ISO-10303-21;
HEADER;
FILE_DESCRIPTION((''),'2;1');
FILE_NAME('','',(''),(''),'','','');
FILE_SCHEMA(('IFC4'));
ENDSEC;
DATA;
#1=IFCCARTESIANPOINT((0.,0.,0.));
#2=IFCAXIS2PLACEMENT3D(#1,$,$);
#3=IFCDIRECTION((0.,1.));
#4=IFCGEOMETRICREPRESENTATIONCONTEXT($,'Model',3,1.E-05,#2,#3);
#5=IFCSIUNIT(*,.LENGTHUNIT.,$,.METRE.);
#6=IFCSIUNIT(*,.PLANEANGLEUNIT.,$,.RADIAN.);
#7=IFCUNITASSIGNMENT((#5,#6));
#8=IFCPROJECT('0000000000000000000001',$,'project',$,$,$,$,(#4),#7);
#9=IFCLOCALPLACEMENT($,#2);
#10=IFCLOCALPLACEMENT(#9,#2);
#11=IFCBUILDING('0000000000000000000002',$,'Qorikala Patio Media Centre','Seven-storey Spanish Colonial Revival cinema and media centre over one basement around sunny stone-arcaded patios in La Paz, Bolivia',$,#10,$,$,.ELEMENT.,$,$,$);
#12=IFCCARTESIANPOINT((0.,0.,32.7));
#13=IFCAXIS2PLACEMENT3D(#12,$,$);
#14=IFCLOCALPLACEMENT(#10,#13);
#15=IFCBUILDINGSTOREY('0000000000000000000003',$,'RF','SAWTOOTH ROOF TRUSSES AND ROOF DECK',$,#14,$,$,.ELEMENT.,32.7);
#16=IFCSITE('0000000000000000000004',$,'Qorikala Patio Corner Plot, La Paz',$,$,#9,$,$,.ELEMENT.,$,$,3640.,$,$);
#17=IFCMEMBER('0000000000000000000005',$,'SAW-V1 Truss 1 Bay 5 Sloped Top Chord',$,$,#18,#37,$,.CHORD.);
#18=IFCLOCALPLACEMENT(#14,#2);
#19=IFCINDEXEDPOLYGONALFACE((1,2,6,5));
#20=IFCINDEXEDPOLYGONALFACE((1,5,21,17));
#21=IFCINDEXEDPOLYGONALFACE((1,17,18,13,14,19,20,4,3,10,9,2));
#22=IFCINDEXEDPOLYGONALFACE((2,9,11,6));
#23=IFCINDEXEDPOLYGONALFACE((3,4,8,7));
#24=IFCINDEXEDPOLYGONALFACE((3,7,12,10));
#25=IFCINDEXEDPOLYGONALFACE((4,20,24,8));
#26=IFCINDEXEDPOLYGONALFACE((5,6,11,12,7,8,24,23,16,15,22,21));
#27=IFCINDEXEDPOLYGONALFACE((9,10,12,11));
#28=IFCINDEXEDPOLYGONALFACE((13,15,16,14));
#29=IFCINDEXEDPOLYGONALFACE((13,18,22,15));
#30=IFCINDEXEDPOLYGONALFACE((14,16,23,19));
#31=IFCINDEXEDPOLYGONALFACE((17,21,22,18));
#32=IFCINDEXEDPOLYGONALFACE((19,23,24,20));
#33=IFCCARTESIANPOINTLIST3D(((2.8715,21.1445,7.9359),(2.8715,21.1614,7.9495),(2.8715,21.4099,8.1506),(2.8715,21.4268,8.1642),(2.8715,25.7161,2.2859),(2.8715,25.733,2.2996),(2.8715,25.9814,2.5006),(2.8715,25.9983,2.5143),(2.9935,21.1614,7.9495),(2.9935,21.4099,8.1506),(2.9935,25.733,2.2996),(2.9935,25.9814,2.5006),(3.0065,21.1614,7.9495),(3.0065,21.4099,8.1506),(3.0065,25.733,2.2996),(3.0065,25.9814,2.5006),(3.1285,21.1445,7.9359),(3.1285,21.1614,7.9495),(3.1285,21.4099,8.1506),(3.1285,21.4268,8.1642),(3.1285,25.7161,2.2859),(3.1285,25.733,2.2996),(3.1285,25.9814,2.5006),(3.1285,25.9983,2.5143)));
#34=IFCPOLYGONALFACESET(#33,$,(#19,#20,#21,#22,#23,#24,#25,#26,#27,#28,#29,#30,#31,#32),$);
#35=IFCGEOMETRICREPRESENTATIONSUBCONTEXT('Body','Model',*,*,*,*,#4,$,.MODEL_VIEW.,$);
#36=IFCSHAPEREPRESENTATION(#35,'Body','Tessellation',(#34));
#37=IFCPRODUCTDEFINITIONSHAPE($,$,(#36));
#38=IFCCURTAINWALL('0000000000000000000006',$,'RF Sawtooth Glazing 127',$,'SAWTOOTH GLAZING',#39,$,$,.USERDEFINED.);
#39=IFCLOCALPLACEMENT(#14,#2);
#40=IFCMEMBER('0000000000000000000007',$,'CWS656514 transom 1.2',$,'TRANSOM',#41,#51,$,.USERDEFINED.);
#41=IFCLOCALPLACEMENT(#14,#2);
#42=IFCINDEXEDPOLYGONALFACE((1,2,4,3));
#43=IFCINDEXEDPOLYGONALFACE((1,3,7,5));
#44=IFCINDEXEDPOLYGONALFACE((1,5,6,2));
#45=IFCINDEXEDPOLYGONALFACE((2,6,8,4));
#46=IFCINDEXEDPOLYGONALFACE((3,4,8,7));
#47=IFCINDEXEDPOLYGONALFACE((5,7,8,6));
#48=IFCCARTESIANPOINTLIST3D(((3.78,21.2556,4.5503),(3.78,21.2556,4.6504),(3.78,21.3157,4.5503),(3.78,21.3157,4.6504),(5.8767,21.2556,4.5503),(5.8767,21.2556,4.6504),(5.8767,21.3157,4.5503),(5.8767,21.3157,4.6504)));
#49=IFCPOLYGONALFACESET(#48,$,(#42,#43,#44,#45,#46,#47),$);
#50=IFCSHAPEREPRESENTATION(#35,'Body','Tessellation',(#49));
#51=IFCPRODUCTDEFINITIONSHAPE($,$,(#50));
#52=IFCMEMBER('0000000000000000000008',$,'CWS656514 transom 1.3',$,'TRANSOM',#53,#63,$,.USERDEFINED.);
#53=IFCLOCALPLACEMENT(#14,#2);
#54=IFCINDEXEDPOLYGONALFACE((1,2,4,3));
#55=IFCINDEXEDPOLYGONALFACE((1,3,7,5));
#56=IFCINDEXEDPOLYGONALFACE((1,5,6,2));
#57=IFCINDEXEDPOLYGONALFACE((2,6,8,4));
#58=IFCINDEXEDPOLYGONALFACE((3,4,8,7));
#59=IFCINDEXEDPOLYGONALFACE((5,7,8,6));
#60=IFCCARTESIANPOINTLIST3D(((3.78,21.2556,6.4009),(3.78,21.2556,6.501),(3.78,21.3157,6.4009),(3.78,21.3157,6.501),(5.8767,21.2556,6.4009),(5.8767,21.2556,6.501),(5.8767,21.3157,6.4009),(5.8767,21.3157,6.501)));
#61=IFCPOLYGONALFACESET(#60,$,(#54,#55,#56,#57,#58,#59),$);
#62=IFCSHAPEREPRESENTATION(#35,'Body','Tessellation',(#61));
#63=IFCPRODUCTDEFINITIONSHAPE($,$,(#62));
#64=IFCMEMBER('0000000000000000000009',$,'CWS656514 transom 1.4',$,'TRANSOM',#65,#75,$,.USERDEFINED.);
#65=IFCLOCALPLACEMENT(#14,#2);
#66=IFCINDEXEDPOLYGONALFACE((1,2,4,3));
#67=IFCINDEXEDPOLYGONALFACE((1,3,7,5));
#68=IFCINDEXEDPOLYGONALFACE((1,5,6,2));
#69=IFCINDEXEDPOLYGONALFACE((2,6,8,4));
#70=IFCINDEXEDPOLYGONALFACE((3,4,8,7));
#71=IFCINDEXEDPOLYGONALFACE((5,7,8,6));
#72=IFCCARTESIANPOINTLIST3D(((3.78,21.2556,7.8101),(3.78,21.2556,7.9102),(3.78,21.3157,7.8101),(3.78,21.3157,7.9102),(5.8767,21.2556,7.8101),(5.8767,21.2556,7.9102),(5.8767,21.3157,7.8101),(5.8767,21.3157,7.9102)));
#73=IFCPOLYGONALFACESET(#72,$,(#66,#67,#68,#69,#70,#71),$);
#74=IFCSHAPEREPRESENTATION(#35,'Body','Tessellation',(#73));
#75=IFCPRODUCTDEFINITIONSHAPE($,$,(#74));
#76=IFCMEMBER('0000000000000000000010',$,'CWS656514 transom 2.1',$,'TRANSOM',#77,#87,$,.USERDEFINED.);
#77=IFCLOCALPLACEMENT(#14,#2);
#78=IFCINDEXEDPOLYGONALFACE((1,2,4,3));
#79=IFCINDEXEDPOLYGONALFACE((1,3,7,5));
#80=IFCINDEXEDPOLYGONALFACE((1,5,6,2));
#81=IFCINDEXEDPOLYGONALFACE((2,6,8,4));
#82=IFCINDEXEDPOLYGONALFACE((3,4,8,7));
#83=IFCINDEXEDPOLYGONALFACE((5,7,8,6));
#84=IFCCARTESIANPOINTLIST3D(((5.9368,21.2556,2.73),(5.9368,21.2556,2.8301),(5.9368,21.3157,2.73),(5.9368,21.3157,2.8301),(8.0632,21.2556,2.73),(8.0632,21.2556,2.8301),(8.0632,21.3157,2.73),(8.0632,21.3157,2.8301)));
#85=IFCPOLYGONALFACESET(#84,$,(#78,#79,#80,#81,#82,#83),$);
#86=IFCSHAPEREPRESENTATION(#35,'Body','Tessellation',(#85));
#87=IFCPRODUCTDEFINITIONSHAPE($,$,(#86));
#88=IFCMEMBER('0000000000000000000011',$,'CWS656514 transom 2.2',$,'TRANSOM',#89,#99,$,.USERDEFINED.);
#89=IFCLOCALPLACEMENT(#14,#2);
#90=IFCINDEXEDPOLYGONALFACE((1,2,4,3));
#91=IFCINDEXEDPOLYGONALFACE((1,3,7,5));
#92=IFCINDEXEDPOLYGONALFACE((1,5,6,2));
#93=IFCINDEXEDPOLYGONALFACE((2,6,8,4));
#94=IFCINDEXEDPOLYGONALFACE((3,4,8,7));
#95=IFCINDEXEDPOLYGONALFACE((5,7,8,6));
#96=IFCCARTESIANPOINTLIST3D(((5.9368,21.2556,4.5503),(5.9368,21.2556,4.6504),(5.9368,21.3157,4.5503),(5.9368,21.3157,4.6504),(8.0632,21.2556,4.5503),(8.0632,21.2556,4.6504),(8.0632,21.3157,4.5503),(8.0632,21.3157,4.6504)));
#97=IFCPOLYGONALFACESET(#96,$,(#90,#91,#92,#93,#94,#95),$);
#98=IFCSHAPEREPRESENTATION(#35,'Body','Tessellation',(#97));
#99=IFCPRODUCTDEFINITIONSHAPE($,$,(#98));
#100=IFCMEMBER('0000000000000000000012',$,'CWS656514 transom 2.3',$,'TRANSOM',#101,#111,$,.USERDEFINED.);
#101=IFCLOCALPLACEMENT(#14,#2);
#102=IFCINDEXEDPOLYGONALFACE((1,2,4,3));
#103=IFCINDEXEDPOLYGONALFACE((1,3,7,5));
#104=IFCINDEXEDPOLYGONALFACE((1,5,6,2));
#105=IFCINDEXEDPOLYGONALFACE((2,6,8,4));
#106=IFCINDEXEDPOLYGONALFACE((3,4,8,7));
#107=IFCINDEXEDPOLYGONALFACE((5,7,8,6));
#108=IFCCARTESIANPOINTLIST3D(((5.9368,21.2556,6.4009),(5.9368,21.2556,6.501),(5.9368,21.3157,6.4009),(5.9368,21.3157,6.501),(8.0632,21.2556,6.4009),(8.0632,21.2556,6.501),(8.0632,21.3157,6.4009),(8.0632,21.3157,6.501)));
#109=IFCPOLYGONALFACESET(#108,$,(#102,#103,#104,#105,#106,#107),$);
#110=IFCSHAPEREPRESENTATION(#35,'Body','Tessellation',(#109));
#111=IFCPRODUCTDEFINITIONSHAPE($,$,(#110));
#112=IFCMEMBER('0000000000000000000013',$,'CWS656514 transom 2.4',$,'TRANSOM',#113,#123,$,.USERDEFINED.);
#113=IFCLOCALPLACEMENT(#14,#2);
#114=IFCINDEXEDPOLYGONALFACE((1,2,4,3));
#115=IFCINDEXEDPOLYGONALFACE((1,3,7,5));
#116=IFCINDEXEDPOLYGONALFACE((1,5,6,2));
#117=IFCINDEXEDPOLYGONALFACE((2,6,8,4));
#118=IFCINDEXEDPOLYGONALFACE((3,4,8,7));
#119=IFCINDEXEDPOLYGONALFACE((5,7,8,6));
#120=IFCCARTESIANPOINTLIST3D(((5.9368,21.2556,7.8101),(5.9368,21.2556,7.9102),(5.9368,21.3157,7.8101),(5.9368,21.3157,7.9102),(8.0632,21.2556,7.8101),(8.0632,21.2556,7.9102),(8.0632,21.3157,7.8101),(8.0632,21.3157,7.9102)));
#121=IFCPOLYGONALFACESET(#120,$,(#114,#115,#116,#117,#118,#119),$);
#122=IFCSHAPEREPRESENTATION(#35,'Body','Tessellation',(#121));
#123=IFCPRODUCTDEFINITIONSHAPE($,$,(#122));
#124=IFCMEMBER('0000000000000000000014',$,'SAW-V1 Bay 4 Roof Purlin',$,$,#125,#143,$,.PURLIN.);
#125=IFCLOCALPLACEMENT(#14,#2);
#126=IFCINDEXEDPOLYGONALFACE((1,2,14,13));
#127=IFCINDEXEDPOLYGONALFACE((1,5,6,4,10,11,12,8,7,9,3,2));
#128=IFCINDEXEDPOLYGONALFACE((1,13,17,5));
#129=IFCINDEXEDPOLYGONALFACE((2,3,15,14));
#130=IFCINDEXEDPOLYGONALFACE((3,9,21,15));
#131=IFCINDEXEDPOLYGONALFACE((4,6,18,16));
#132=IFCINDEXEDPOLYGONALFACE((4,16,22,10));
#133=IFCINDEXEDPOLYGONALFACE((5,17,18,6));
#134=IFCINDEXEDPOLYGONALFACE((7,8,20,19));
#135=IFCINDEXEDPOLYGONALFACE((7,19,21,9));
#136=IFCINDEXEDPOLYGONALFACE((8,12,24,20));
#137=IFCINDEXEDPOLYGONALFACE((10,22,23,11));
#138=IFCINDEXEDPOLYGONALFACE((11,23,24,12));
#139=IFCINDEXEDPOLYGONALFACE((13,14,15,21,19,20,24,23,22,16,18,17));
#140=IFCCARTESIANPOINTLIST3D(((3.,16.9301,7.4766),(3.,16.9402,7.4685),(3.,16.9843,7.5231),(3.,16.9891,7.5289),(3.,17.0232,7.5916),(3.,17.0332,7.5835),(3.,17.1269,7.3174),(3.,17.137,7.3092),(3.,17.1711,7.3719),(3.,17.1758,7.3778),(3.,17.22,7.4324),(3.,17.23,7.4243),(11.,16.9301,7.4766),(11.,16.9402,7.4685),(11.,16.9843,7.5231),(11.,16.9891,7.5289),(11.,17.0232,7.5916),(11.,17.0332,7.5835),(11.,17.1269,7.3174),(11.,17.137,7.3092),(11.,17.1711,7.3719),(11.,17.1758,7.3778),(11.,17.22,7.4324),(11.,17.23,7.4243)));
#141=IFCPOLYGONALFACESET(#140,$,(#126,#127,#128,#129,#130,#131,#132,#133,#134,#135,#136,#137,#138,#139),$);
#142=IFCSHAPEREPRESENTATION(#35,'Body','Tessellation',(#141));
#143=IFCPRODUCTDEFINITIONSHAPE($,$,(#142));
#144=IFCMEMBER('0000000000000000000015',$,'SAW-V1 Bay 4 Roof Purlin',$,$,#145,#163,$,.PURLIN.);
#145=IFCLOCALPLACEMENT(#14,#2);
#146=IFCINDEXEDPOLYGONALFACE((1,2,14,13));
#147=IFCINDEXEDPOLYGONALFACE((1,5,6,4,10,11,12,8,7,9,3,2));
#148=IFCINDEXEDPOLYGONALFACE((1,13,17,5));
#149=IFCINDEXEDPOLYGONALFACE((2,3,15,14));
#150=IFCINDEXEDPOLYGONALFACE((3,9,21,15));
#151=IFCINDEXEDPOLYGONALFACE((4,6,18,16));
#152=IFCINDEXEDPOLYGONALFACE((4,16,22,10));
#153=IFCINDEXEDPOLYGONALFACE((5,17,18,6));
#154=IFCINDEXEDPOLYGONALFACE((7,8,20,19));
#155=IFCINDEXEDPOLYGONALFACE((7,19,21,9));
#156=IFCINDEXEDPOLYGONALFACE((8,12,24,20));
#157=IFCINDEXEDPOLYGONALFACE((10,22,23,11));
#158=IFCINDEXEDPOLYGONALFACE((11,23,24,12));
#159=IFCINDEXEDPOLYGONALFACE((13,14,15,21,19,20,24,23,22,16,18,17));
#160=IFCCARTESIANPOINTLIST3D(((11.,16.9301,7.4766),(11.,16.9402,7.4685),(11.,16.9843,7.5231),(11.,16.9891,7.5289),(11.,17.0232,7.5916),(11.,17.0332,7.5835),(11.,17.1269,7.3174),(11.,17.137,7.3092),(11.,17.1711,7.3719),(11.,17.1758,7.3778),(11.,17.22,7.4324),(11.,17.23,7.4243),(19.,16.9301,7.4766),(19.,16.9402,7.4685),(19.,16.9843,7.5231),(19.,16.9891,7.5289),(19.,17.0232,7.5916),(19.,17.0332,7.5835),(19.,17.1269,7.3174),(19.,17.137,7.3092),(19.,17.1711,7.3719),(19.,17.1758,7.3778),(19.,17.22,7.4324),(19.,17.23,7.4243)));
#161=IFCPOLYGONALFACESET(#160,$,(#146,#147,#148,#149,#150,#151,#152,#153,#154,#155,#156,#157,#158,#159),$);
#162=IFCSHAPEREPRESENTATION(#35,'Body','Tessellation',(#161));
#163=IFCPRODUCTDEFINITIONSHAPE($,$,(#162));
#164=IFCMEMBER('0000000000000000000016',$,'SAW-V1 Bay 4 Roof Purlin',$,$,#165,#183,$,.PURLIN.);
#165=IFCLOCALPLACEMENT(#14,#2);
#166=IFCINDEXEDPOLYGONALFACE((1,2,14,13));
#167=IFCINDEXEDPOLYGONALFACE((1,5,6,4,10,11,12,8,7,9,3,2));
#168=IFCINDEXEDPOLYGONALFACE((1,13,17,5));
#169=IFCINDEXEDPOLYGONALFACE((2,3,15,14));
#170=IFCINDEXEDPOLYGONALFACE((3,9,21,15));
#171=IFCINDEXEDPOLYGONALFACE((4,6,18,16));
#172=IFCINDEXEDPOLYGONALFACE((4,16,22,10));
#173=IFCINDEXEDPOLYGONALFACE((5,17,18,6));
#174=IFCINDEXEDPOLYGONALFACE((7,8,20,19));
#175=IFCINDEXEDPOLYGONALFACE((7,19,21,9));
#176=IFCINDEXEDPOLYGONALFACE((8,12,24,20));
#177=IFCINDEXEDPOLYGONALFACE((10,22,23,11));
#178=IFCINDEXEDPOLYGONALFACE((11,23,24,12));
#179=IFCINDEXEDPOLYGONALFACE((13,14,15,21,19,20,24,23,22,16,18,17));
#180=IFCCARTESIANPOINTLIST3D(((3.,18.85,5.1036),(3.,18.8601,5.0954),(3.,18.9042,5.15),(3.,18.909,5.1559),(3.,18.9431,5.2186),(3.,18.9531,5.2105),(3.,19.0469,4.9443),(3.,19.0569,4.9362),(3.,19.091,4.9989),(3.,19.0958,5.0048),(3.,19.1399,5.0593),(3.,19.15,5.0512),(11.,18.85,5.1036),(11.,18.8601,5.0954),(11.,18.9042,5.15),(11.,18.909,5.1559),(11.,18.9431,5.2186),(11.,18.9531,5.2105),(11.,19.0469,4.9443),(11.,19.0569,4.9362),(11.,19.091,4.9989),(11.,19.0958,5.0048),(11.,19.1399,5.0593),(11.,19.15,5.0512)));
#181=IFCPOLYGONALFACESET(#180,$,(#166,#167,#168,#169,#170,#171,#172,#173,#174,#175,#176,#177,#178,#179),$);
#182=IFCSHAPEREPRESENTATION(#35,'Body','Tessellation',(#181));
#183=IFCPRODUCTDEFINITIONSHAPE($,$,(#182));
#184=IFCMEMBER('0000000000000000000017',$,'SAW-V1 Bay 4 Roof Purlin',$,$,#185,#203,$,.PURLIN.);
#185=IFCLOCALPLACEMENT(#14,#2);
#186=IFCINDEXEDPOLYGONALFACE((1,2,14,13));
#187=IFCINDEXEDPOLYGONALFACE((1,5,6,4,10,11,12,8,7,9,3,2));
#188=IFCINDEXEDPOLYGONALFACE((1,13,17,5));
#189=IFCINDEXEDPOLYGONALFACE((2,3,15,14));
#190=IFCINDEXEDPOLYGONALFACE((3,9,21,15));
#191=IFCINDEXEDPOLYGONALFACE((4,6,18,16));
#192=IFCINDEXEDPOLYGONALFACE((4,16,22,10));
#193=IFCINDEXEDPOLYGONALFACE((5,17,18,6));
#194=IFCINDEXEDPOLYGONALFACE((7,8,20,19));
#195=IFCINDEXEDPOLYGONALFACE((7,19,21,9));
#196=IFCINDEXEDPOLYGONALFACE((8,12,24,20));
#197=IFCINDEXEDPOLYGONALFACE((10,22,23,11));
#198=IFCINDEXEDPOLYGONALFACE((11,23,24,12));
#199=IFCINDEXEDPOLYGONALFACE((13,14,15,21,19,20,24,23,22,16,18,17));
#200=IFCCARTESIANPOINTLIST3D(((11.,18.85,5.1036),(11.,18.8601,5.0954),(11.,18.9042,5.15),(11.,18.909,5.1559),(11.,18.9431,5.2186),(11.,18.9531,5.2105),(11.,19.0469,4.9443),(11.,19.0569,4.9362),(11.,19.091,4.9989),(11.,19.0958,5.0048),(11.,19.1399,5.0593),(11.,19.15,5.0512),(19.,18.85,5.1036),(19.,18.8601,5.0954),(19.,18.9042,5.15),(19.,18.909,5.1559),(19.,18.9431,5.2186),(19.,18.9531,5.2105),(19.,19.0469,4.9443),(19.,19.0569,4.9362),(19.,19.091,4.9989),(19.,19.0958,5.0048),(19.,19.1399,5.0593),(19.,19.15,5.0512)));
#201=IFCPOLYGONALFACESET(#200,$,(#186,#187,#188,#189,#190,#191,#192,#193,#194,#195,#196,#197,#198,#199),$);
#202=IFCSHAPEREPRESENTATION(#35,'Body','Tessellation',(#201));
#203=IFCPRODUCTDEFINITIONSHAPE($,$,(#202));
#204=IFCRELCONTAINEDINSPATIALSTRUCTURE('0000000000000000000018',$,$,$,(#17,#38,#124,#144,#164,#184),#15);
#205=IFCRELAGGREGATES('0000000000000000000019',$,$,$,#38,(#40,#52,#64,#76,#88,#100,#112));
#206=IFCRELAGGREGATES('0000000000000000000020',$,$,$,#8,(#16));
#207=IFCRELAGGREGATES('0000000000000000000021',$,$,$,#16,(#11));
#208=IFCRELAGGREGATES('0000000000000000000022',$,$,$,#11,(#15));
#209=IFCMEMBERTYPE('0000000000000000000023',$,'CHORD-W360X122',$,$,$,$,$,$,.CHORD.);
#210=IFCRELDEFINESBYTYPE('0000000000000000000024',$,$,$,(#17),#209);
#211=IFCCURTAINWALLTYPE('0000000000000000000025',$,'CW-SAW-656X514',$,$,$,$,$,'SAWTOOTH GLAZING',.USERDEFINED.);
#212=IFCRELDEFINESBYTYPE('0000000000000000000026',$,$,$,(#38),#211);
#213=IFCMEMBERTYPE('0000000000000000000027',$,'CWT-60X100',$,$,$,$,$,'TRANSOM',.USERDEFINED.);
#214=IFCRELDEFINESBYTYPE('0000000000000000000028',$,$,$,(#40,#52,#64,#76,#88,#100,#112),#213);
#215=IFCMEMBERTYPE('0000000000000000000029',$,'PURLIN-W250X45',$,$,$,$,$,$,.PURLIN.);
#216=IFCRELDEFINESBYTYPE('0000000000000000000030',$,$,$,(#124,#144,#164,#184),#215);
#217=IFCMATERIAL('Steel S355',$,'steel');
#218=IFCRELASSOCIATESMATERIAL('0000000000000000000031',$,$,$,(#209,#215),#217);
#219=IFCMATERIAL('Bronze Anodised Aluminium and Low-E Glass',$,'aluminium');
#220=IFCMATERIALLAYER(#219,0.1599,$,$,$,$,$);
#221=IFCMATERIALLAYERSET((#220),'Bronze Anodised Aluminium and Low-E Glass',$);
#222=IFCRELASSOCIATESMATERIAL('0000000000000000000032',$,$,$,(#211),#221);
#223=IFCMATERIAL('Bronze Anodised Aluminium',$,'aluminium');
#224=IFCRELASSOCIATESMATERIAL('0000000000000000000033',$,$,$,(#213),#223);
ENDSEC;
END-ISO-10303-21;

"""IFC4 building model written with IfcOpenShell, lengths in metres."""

from ifc_helpers import new_model, si_unit, direction, frame, origin, origin_2d, place, context, subcontext, project, spatial, rectangle, i_section, extrude, material, layer, layer_set, material_profile, profile_set, type_object, element, aggregate, save


model = new_model("IFC4")

# Units and contexts
model_context = context("Model", 3, precision=1e-05, world=origin(), true_north=direction((0.0, 1.0)))
body_context = subcontext(model_context, "Body", "Model", "MODEL_VIEW")
ifc_project = project(units=[si_unit("LENGTHUNIT", "METRE"), si_unit("PLANEANGLEUNIT", "RADIAN")], contexts=[model_context])

# Site, building, storey
site_placement = place(None, origin())
site = spatial("IfcSite", under=ifc_project, at=site_placement, Name="Qorikala Patio Corner Plot, La Paz", CompositionType="ELEMENT", RefElevation=3640.0)
building_placement = place(site_placement, origin())
building = spatial("IfcBuilding", under=site, at=building_placement, Name="Qorikala Patio Media Centre", Description="Seven-storey Spanish Colonial Revival cinema and media centre over one basement around sunny stone-arcaded patios in La Paz, Bolivia", CompositionType="ELEMENT")
storey_placement = place(building_placement, frame((0.0, 0.0, 32.7)))
storey = spatial("IfcBuildingStorey", under=building, at=storey_placement, Name="RF", Description="SAWTOOTH ROOF TRUSSES AND ROOF DECK", CompositionType="ELEMENT", Elevation=32.7)

# Member
ifc_material_1 = material(Name="Steel S355", Category="steel")
ifc_material_profile_1 = material_profile(ifc_material_1, i_section(OverallWidth=0.2571, OverallDepth=0.363, WebThickness=0.0129, FlangeThickness=0.0217, at=origin_2d()), Name="W360X122")
ifc_profile_set_1 = profile_set([ifc_material_profile_1], Name="Steel S355")
member_type_1 = type_object("IfcMemberType", Name="CHORD-W360X122", PredefinedType="CHORD", material=ifc_profile_set_1)
member_1_placement = place(storey_placement, frame((3.0, 21.2856, 8.05), z_axis=(0.0, 0.629016, -0.777393), x_axis=(-1.0, 0.0, 0.0)))
element("IfcMember", 1, at=member_1_placement, inside=storey, type_object=member_type_1, Name="SAW-V1 Truss 1 Bay 5 Sloped Top Chord", PredefinedType="CHORD", context=body_context, shape_type="SweptSolid", body=[
    extrude(i_section(OverallWidth=0.2571, OverallDepth=0.363, WebThickness=0.0129, FlangeThickness=0.0217, at=origin_2d()), origin(), (0.0, 0.0, 1.0), 7.2678),
])

# Curtain wall, members
ifc_material_2 = material(Name="Bronze Anodised Aluminium and Low-E Glass", Category="aluminium")
ifc_layer_1 = layer(ifc_material_2, 0.1599)
ifc_layer_set_1 = layer_set([ifc_layer_1], Name="Bronze Anodised Aluminium and Low-E Glass")
curtain_wall_type = type_object("IfcCurtainWallType", Name="CW-SAW-656X514", ElementType="SAWTOOTH GLAZING", PredefinedType="USERDEFINED", material=ifc_layer_set_1)
curtain_wall_placement = place(storey_placement, origin())
curtain_wall = element("IfcCurtainWall", 2, at=curtain_wall_placement, inside=storey, type_object=curtain_wall_type, Name="RF Sawtooth Glazing 127", ObjectType="SAWTOOTH GLAZING", PredefinedType="USERDEFINED")
ifc_material_3 = material(Name="Bronze Anodised Aluminium", Category="aluminium")
ifc_material_profile_2 = material_profile(ifc_material_3, rectangle(XDim=0.0601, YDim=0.1001, at=origin_2d()), Name="ALU TRANSOM 60x100")
ifc_profile_set_2 = profile_set([ifc_material_profile_2], Name="Bronze Anodised Aluminium")
member_type_2 = type_object("IfcMemberType", Name="CWT-60X100", ElementType="TRANSOM", PredefinedType="USERDEFINED", material=ifc_profile_set_2)
member_2_placement = place(storey_placement, frame((3.78, 21.2856, 4.6003), z_axis=(1.0, 0.0, 0.0), x_axis=(0.0, 1.0, 0.0)))
member_2 = element("IfcMember", 3, at=member_2_placement, type_object=member_type_2, Name="CWS656514 transom 1.2", ObjectType="TRANSOM", PredefinedType="USERDEFINED", context=body_context, shape_type="SweptSolid", body=[
    extrude(rectangle(XDim=0.0601, YDim=0.1001, at=origin_2d()), origin(), (0.0, 0.0, 1.0), 2.0967),
])
member_3_placement = place(storey_placement, frame((3.78, 21.2856, 6.4509), z_axis=(1.0, 0.0, 0.0), x_axis=(0.0, 1.0, 0.0)))
member_3 = element("IfcMember", 4, at=member_3_placement, type_object=member_type_2, Name="CWS656514 transom 1.3", ObjectType="TRANSOM", PredefinedType="USERDEFINED", context=body_context, shape_type="SweptSolid", body=[
    extrude(rectangle(XDim=0.0601, YDim=0.1001, at=origin_2d()), origin(), (0.0, 0.0, 1.0), 2.0967),
])
member_4_placement = place(storey_placement, frame((3.78, 21.2856, 7.8601), z_axis=(1.0, 0.0, 0.0), x_axis=(0.0, 1.0, 0.0)))
member_4 = element("IfcMember", 5, at=member_4_placement, type_object=member_type_2, Name="CWS656514 transom 1.4", ObjectType="TRANSOM", PredefinedType="USERDEFINED", context=body_context, shape_type="SweptSolid", body=[
    extrude(rectangle(XDim=0.0601, YDim=0.1001, at=origin_2d()), origin(), (0.0, 0.0, 1.0), 2.0967),
])
member_5_placement = place(storey_placement, frame((5.9368, 21.2856, 2.78), z_axis=(1.0, 0.0, 0.0), x_axis=(0.0, 1.0, 0.0)))
member_5 = element("IfcMember", 6, at=member_5_placement, type_object=member_type_2, Name="CWS656514 transom 2.1", ObjectType="TRANSOM", PredefinedType="USERDEFINED", context=body_context, shape_type="SweptSolid", body=[
    extrude(rectangle(XDim=0.0601, YDim=0.1001, at=origin_2d()), origin(), (0.0, 0.0, 1.0), 2.1265),
])
member_6_placement = place(storey_placement, frame((5.9368, 21.2856, 4.6003), z_axis=(1.0, 0.0, 0.0), x_axis=(0.0, 1.0, 0.0)))
member_6 = element("IfcMember", 7, at=member_6_placement, type_object=member_type_2, Name="CWS656514 transom 2.2", ObjectType="TRANSOM", PredefinedType="USERDEFINED", context=body_context, shape_type="SweptSolid", body=[
    extrude(rectangle(XDim=0.0601, YDim=0.1001, at=origin_2d()), origin(), (0.0, 0.0, 1.0), 2.1265),
])
member_7_placement = place(storey_placement, frame((5.9368, 21.2856, 6.4509), z_axis=(1.0, 0.0, 0.0), x_axis=(0.0, 1.0, 0.0)))
member_7 = element("IfcMember", 8, at=member_7_placement, type_object=member_type_2, Name="CWS656514 transom 2.3", ObjectType="TRANSOM", PredefinedType="USERDEFINED", context=body_context, shape_type="SweptSolid", body=[
    extrude(rectangle(XDim=0.0601, YDim=0.1001, at=origin_2d()), origin(), (0.0, 0.0, 1.0), 2.1265),
])
member_8_placement = place(storey_placement, frame((5.9368, 21.2856, 7.8601), z_axis=(1.0, 0.0, 0.0), x_axis=(0.0, 1.0, 0.0)))
member_8 = element("IfcMember", 9, at=member_8_placement, type_object=member_type_2, Name="CWS656514 transom 2.4", ObjectType="TRANSOM", PredefinedType="USERDEFINED", context=body_context, shape_type="SweptSolid", body=[
    extrude(rectangle(XDim=0.0601, YDim=0.1001, at=origin_2d()), origin(), (0.0, 0.0, 1.0), 2.1265),
])

# Members
ifc_material_profile_3 = material_profile(ifc_material_1, i_section(OverallWidth=0.1479, OverallDepth=0.2661, WebThickness=0.0076, FlangeThickness=0.0129, at=origin_2d()), Name="W250X45")
ifc_profile_set_3 = profile_set([ifc_material_profile_3], Name="Steel S355")
member_type_3 = type_object("IfcMemberType", Name="PURLIN-W250X45", PredefinedType="PURLIN", material=ifc_profile_set_3)
for number, where, z_axis, x_axis, name in (
    (10, (3.0, 17.0801, 7.4504), (1.0, 0.0, 0.0), (0.0, 0.628995, 0.77741), "SAW-V1 Bay 4 Roof Purlin"),
    (11, (11.0, 17.0801, 7.4504), (1.0, 0.0, 0.0), (0.0, 0.628995, 0.77741), "SAW-V1 Bay 4 Roof Purlin"),
    (12, (3.0, 19.0, 5.0774), (1.0, 0.0, 0.0), (0.0, 0.628995, 0.77741), "SAW-V1 Bay 4 Roof Purlin"),
    (13, (11.0, 19.0, 5.0774), (1.0, 0.0, 0.0), (0.0, 0.628995, 0.77741), "SAW-V1 Bay 4 Roof Purlin"),
):
    element("IfcMember", number, at=place(storey_placement, frame(where, z_axis=z_axis, x_axis=x_axis)), inside=storey, type_object=member_type_3, Name=name, PredefinedType="PURLIN", context=body_context, shape_type="SweptSolid", body=[
        extrude(i_section(OverallWidth=0.1479, OverallDepth=0.2661, WebThickness=0.0076, FlangeThickness=0.0129, at=origin_2d()), origin(), (0.0, 0.0, 1.0), 8.0),
    ])

aggregate(curtain_wall, [member_2, member_3, member_4, member_5, member_6, member_7, member_8])

save(model, "model.ifc")
